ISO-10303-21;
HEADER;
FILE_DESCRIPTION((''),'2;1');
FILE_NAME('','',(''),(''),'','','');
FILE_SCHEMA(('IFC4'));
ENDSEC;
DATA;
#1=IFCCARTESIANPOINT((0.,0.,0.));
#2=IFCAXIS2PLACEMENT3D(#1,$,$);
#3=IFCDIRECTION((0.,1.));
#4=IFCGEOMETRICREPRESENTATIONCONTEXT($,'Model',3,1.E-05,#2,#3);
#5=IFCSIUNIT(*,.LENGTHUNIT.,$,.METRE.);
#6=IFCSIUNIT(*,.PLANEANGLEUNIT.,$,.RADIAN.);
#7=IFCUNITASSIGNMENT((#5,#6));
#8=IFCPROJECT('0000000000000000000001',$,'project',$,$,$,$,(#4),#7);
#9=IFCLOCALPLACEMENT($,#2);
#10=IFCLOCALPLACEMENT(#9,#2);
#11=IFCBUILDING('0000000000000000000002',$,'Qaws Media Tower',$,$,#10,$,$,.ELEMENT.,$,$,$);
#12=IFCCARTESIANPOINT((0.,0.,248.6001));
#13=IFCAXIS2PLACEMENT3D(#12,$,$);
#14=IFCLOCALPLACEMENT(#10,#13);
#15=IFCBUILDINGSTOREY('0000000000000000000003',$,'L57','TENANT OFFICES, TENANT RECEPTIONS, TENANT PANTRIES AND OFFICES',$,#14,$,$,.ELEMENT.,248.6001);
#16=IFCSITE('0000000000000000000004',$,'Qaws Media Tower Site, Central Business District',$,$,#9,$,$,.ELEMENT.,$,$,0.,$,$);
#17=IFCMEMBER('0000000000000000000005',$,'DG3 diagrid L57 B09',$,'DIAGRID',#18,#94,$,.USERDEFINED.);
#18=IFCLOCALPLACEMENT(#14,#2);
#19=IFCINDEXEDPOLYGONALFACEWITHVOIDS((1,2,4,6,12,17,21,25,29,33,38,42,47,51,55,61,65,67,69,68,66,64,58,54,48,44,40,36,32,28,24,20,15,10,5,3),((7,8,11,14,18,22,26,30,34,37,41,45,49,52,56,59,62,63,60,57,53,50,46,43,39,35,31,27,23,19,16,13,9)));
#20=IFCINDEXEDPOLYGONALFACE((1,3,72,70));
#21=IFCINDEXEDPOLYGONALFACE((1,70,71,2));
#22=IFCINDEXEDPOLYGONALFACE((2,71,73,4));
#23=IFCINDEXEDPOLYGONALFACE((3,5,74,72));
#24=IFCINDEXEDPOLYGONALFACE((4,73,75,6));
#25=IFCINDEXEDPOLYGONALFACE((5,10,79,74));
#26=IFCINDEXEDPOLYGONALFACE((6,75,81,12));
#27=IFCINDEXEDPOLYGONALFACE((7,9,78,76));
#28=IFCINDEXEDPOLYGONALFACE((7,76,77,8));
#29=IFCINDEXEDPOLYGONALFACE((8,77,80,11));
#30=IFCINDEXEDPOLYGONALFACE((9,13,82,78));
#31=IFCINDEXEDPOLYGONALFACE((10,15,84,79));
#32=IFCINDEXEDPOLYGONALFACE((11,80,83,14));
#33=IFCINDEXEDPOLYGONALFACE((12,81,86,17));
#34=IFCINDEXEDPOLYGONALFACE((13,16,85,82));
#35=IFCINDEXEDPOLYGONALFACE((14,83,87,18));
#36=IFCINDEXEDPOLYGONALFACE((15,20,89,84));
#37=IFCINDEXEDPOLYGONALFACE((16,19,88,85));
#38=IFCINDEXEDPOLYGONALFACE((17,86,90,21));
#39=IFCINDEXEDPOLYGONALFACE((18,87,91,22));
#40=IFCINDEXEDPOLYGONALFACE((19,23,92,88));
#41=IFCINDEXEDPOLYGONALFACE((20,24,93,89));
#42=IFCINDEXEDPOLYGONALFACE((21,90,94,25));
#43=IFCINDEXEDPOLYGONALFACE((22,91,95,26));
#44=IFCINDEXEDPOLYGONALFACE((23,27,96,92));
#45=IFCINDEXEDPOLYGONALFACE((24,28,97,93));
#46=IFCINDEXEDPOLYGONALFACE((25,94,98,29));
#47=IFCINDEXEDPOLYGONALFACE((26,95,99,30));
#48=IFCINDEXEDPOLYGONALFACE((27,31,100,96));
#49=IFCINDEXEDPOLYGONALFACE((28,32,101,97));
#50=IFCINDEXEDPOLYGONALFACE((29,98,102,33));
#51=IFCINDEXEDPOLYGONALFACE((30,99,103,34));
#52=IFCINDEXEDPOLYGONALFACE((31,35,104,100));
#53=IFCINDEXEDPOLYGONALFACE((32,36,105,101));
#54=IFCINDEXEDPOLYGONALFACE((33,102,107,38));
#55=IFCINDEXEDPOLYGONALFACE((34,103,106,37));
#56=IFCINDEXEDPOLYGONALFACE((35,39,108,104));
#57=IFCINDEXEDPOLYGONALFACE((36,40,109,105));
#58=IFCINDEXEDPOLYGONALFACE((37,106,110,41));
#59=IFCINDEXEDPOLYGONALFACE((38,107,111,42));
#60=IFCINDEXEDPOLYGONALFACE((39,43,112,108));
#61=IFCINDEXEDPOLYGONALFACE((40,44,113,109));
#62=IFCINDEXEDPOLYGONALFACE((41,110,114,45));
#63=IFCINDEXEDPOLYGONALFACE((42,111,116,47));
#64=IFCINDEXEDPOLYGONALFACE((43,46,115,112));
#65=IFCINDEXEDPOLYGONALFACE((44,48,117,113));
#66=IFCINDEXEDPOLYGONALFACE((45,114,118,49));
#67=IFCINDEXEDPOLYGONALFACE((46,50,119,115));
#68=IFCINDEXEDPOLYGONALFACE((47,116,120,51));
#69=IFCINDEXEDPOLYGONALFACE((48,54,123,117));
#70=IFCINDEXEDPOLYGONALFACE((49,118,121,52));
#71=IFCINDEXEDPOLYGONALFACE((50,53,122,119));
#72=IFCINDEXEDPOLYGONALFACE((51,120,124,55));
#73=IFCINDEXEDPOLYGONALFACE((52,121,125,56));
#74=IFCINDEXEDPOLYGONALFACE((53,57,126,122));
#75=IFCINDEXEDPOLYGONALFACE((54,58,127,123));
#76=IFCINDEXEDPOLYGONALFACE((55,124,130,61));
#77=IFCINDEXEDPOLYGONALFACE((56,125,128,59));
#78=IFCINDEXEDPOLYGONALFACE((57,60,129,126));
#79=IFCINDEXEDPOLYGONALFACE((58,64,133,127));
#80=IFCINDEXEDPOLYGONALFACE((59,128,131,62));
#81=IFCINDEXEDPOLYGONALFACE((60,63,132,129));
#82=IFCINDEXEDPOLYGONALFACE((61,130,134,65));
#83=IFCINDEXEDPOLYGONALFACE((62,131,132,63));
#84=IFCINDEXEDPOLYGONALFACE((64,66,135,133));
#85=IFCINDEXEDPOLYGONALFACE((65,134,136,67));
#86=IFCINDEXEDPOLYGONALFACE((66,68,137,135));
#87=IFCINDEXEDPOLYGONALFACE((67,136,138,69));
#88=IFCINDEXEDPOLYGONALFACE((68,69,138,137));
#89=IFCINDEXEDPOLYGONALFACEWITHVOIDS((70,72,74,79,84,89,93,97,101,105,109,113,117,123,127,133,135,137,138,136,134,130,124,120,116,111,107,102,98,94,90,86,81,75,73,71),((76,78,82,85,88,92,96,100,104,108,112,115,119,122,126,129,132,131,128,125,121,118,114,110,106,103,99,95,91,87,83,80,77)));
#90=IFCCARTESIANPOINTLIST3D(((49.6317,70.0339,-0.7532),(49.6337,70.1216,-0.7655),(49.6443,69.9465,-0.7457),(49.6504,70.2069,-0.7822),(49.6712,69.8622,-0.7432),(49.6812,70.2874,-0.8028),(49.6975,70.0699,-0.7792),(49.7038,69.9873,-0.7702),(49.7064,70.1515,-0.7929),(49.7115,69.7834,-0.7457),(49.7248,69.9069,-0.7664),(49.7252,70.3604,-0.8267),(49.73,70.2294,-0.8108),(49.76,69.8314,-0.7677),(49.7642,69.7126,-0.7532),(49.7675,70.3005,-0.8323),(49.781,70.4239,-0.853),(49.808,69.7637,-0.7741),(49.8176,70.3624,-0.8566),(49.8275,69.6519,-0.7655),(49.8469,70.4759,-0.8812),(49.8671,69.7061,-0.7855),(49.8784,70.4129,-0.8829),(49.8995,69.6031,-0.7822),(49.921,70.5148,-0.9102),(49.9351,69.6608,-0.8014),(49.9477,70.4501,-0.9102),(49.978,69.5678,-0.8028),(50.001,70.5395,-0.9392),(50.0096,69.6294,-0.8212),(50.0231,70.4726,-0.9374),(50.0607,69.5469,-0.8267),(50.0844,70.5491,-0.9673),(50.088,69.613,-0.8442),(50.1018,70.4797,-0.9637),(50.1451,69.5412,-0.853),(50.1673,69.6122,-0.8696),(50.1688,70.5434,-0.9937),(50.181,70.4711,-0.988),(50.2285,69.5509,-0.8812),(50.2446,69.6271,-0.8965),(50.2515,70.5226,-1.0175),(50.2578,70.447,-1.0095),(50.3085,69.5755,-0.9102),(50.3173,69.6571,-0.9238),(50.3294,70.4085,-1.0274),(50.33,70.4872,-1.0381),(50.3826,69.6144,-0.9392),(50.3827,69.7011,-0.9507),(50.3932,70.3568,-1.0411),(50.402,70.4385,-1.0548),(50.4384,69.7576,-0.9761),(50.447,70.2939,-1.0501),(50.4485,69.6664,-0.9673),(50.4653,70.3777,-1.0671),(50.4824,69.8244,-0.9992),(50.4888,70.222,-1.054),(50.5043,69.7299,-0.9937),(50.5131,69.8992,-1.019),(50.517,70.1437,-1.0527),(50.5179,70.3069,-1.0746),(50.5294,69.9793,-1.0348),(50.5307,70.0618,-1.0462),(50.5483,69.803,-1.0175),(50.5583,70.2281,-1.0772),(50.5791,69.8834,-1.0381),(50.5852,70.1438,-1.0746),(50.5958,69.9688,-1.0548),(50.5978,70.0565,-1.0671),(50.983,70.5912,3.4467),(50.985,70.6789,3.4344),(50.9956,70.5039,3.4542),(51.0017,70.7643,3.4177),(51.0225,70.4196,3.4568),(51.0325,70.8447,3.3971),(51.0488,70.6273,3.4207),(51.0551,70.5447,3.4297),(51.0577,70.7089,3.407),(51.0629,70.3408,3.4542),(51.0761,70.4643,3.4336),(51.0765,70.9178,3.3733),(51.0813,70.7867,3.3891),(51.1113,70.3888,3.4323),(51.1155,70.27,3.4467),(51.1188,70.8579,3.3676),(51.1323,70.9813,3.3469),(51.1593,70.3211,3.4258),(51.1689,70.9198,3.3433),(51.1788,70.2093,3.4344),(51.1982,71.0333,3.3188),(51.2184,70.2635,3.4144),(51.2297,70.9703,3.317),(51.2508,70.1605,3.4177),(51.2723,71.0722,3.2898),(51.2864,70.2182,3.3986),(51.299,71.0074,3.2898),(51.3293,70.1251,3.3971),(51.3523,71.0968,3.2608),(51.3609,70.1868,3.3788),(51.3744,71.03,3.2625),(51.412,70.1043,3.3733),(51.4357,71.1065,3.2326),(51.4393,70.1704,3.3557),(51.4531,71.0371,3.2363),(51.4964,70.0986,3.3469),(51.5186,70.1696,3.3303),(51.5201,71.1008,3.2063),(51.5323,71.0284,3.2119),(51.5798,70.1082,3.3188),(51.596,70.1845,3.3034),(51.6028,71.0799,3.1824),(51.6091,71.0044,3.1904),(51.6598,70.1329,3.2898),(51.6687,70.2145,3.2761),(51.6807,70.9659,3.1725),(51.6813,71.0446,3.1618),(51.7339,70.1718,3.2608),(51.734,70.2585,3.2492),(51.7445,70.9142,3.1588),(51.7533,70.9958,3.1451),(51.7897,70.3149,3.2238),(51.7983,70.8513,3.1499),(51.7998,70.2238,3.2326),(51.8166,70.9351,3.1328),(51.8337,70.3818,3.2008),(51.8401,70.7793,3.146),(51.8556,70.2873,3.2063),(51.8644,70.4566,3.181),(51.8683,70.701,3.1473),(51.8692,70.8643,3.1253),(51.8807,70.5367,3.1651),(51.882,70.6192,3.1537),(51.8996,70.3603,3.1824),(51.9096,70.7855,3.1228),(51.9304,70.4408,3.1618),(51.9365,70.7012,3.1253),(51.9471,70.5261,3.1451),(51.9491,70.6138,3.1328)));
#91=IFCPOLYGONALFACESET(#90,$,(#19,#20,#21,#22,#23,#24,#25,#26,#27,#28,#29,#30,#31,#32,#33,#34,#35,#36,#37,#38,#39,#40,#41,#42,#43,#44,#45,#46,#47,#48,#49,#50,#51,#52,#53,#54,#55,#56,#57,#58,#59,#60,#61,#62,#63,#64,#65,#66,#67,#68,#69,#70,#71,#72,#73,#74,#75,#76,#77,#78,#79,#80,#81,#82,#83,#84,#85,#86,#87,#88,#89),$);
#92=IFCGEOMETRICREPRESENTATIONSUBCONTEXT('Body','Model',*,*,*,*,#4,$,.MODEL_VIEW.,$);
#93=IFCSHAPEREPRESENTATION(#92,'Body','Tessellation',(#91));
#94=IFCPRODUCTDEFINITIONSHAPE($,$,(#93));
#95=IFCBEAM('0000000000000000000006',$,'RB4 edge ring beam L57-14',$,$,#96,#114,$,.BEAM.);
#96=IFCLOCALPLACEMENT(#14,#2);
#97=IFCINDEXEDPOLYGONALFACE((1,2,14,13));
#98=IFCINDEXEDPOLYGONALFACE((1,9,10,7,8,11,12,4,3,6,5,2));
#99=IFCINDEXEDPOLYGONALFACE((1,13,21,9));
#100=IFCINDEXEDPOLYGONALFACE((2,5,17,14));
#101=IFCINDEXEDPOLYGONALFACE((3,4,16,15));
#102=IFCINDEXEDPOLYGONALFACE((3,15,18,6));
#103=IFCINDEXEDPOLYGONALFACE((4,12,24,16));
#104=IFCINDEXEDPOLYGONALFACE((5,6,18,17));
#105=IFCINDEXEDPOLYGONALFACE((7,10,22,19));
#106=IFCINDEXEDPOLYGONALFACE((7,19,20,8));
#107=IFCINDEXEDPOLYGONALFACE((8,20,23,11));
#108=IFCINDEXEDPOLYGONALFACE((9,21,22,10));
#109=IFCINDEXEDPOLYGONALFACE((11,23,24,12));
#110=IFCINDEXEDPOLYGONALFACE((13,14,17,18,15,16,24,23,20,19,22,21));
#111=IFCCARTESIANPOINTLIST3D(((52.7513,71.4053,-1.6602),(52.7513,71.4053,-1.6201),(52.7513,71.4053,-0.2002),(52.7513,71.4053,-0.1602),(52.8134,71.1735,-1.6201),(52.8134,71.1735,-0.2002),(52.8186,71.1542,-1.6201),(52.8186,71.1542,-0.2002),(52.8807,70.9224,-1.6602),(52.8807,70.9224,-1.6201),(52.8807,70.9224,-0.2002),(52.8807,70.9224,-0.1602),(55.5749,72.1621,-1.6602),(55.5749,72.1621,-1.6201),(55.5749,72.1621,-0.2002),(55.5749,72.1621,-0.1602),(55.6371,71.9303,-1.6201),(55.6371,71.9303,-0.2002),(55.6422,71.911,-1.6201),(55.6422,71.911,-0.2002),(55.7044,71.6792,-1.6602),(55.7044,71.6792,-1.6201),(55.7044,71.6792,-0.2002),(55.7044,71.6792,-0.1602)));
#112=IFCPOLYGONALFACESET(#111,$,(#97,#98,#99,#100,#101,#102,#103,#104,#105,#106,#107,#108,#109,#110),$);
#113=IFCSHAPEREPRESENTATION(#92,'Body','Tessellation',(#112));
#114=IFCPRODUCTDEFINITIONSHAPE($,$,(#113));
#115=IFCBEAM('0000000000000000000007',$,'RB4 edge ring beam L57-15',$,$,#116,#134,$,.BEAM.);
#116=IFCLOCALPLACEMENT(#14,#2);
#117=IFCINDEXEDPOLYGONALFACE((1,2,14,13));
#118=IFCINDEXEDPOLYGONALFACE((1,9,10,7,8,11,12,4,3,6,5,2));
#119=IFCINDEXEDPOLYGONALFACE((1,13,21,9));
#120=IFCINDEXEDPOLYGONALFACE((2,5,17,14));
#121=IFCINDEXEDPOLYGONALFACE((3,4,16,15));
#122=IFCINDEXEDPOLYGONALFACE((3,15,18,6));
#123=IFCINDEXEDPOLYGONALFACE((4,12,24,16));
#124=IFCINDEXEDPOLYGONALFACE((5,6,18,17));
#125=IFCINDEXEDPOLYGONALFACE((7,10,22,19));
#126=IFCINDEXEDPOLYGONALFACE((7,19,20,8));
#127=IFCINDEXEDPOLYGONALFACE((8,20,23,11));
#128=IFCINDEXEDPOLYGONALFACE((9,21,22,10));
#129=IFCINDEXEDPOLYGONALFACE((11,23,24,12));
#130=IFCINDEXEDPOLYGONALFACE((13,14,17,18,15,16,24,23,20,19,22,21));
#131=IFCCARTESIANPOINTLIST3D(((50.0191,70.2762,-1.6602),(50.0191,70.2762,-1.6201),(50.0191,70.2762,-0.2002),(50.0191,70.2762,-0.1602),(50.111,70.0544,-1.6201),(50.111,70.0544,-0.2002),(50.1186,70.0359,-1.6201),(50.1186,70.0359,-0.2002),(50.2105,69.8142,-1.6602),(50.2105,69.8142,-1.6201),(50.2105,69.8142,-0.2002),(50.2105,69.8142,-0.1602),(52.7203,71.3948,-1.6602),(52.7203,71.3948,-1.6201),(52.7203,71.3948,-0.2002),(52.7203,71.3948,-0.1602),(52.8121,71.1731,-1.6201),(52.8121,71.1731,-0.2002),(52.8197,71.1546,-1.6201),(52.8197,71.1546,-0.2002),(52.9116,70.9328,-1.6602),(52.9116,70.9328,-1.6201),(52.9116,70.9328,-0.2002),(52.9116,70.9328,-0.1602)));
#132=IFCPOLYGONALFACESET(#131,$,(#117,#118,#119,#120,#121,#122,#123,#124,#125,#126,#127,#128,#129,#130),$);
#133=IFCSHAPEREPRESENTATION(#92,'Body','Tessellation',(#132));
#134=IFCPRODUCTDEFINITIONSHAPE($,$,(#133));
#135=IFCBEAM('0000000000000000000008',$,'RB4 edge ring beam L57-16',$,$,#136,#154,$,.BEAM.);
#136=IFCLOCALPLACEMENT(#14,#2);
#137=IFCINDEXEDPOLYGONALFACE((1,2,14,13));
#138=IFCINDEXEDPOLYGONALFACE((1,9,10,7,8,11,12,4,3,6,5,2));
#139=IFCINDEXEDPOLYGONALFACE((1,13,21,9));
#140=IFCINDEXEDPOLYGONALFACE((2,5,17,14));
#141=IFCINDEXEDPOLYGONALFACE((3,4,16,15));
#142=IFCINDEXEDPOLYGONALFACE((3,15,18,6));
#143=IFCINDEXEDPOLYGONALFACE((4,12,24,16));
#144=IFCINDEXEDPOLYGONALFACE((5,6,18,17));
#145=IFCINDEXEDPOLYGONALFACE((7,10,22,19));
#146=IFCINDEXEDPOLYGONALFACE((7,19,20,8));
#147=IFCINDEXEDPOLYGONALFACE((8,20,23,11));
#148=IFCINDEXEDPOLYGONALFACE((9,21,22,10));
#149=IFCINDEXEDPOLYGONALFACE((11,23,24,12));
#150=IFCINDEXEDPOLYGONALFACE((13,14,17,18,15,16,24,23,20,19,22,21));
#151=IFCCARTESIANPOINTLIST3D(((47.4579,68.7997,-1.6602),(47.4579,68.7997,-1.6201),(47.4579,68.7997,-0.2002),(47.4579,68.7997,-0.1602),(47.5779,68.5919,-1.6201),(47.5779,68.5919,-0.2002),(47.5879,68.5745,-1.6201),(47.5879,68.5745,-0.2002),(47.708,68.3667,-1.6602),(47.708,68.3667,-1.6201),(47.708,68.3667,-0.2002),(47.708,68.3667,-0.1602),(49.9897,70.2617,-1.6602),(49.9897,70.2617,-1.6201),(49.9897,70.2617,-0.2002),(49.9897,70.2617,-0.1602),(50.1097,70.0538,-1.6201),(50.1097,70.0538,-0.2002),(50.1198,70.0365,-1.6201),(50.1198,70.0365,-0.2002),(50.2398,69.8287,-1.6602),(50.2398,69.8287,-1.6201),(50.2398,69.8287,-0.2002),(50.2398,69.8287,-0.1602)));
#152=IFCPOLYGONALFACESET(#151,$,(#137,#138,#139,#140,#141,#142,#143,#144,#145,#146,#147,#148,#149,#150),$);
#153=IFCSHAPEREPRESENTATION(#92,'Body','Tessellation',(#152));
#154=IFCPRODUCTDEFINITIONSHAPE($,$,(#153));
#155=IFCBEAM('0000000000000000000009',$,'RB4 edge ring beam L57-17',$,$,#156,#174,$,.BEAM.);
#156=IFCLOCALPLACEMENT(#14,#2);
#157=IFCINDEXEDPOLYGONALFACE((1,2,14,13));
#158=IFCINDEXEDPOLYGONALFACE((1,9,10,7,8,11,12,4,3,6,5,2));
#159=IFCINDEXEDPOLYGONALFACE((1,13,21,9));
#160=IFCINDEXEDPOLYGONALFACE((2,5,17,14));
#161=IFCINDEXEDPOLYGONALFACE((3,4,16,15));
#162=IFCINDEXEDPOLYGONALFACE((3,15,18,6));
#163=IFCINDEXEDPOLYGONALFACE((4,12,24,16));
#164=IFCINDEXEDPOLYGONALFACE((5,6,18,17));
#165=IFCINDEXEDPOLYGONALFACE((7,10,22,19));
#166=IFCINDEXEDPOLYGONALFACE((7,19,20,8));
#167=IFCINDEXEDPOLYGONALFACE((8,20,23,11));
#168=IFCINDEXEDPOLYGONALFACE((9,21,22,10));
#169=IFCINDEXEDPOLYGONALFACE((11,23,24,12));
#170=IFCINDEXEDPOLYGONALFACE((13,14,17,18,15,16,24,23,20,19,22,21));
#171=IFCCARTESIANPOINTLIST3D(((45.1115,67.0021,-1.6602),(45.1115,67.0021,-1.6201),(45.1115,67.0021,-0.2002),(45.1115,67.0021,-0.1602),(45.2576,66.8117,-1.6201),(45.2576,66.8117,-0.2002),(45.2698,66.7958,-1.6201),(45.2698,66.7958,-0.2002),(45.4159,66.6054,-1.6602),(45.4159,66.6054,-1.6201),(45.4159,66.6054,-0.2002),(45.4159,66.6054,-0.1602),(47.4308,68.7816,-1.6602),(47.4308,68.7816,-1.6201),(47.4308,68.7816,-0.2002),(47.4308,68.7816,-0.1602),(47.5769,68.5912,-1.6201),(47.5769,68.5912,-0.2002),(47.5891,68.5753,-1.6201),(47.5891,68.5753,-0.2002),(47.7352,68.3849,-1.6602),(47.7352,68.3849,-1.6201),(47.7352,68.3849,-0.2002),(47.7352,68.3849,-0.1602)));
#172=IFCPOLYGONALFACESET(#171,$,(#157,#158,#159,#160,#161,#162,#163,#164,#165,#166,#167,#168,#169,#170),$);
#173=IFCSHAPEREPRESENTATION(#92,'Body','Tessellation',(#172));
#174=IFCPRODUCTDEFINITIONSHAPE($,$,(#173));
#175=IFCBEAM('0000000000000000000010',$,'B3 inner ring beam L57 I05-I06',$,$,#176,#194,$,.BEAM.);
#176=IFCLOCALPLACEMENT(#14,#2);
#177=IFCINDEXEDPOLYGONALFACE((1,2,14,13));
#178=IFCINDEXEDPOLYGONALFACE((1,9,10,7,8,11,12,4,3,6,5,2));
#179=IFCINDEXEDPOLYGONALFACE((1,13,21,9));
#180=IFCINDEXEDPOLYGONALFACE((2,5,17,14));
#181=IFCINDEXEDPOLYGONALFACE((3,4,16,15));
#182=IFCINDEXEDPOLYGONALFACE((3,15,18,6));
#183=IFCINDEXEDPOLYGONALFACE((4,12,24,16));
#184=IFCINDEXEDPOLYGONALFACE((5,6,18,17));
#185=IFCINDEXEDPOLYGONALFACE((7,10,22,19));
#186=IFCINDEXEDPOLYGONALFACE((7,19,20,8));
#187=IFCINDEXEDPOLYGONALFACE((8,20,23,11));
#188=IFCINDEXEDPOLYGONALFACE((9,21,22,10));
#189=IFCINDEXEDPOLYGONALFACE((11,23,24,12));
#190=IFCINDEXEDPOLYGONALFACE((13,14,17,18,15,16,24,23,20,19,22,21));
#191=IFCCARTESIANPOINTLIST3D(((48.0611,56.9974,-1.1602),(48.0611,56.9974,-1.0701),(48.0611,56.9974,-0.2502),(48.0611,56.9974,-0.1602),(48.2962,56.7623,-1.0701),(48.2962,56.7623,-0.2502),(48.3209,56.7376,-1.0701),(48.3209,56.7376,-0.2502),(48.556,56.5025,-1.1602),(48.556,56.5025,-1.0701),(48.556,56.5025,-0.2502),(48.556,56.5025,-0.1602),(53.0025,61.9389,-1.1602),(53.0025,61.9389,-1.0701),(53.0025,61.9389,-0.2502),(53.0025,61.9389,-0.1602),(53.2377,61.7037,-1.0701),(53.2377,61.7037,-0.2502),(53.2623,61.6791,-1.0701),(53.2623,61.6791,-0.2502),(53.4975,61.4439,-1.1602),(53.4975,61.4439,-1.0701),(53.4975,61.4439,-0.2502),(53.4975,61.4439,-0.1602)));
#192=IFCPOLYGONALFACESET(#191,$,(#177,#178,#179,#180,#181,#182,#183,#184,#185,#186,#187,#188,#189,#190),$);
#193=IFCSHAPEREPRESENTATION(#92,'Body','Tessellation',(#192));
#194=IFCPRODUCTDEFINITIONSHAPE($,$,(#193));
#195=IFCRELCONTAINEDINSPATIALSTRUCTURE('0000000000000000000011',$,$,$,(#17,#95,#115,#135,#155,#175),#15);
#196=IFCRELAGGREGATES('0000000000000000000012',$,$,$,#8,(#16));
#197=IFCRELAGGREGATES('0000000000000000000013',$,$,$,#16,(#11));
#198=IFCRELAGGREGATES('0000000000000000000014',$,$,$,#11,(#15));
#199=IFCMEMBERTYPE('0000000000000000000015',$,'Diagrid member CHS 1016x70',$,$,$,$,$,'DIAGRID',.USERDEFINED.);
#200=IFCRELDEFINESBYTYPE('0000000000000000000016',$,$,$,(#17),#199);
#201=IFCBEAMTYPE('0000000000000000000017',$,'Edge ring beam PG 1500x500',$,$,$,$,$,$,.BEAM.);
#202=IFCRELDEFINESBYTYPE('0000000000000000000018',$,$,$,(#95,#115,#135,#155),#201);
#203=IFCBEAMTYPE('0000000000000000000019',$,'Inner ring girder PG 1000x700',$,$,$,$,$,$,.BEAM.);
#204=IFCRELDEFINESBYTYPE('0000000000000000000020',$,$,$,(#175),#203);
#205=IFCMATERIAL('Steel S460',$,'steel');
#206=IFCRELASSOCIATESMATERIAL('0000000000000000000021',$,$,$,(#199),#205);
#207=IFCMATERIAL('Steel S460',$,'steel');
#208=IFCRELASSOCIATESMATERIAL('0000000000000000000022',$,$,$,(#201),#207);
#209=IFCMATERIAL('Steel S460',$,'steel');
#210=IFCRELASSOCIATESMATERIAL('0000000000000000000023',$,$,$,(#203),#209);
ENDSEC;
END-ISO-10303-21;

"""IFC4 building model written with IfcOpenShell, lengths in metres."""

from ifc_helpers import new_model, si_unit, direction, frame, origin, origin_2d, place, context, subcontext, project, spatial, hollow_circle, i_section, extrude, material, material_profile, profile_set, type_object, element, save


model = new_model("IFC4")

# Units and contexts
model_context = context("Model", 3, precision=1e-05, world=origin(), true_north=direction((0.0, 1.0)))
body_context = subcontext(model_context, "Body", "Model", "MODEL_VIEW")
ifc_project = project(units=[si_unit("LENGTHUNIT", "METRE"), si_unit("PLANEANGLEUNIT", "RADIAN")], contexts=[model_context])

# Site, building, storey
site_placement = place(None, origin())
site = spatial("IfcSite", under=ifc_project, at=site_placement, Name="Qaws Media Tower Site, Central Business District", CompositionType="ELEMENT", RefElevation=0.0)
building_placement = place(site_placement, origin())
building = spatial("IfcBuilding", under=site, at=building_placement, Name="Qaws Media Tower", CompositionType="ELEMENT")
storey_placement = place(building_placement, frame((0.0, 0.0, 248.6001)))
storey = spatial("IfcBuildingStorey", under=building, at=storey_placement, Name="L57", Description="TENANT OFFICES, TENANT RECEPTIONS, TENANT PANTRIES AND OFFICES", CompositionType="ELEMENT", Elevation=248.6001)

# Member
ifc_material_1 = material(Name="Steel S460", Category="steel")
ifc_material_profile_1 = material_profile(ifc_material_1, hollow_circle(Radius=0.5081, WallThickness=0.0701, at=origin_2d()), Name="CHS 1016x70")
ifc_profile_set_1 = profile_set([ifc_material_profile_1], Name="Steel S460")
member_type_1 = type_object("IfcMemberType", Name="Diagrid member CHS 1016x70", ElementType="DIAGRID", PredefinedType="USERDEFINED", material=ifc_profile_set_1)
for number, where, z_axis, x_axis, name in (
    (1, (50.1147, 70.0452, -0.9102), (0.303868, 0.125335, 0.944434), (-0.381304, 0.92445, 0.0), "DG3 diagrid L57 B09"),
):
    element("IfcMember", number, at=place(storey_placement, frame(where, z_axis=z_axis, x_axis=x_axis)), inside=storey, type_object=member_type_1, Name=name, ObjectType="DIAGRID", PredefinedType="USERDEFINED", context=body_context, shape_type="SweptSolid", body=[
        extrude(hollow_circle(Radius=0.5081, WallThickness=0.0701, at=origin_2d()), origin(), (0.0, 0.0, 1.0), 4.447),
    ])

# Beams
ifc_material_2 = material(Name="Steel S460", Category="steel")
ifc_material_profile_2 = material_profile(ifc_material_2, i_section(OverallWidth=0.5, OverallDepth=1.5, WebThickness=0.02, FlangeThickness=0.04, at=origin_2d()), Name="PG 1500x500")
ifc_profile_set_2 = profile_set([ifc_material_profile_2], Name="Steel S460")
beam_type_1 = type_object("IfcBeamType", Name="Edge ring beam PG 1500x500", PredefinedType="BEAM", material=ifc_profile_set_2)
beam_1_placement = place(storey_placement, frame((55.6396, 71.9207, -0.9102), z_axis=(-0.965907, -0.258889, 0.0), x_axis=(0.258889, -0.965907, 0.0)))
element("IfcBeam", 2, at=beam_1_placement, inside=storey, type_object=beam_type_1, Name="RB4 edge ring beam L57-14", PredefinedType="BEAM", context=body_context, shape_type="SweptSolid", body=[
    extrude(i_section(OverallWidth=0.5, OverallDepth=1.5, WebThickness=0.02, FlangeThickness=0.04, at=origin_2d()), origin(), (0.0, 0.0, 1.0), 2.9233),
])
for number, where, z_axis, x_axis, name in (
    (3, (52.8159, 71.1638, -0.9102), (-0.923905, -0.382622, 0.0), (0.382622, -0.923905, 0.0), "RB4 edge ring beam L57-15"),
    (4, (50.1147, 70.0452, -0.9102), (-0.865994, -0.500055, 0.0), (0.500055, -0.865994, 0.0), "RB4 edge ring beam L57-16"),
):
    element("IfcBeam", number, at=place(storey_placement, frame(where, z_axis=z_axis, x_axis=x_axis)), inside=storey, type_object=beam_type_1, Name=name, PredefinedType="BEAM", context=body_context, shape_type="SweptSolid", body=[
        extrude(i_section(OverallWidth=0.5, OverallDepth=1.5, WebThickness=0.02, FlangeThickness=0.04, at=origin_2d()), origin(), (0.0, 0.0, 1.0), 2.9236),
    ])
beam_2_placement = place(storey_placement, frame((47.583, 68.5833, -0.9102), z_axis=(-0.793378, -0.60873, 0.0), x_axis=(0.60873, -0.793378, 0.0)))
element("IfcBeam", 5, at=beam_2_placement, inside=storey, type_object=beam_type_1, Name="RB4 edge ring beam L57-17", PredefinedType="BEAM", context=body_context, shape_type="SweptSolid", body=[
    extrude(i_section(OverallWidth=0.5, OverallDepth=1.5, WebThickness=0.02, FlangeThickness=0.04, at=origin_2d()), origin(), (0.0, 0.0, 1.0), 2.9233),
])
ifc_material_3 = material(Name="Steel S460", Category="steel")
ifc_material_profile_3 = material_profile(ifc_material_3, i_section(OverallWidth=0.7, OverallDepth=1.0, WebThickness=0.0349, FlangeThickness=0.0901, at=origin_2d()), Name="PG 1000x700")
ifc_profile_set_3 = profile_set([ifc_material_profile_3], Name="Steel S460")
beam_type_2 = type_object("IfcBeamType", Name="Inner ring girder PG 1000x700", PredefinedType="BEAM", material=ifc_profile_set_3)
beam_3_placement = place(storey_placement, frame((53.25, 61.6914, -0.6602), z_axis=(-0.707107, -0.707107, 0.0), x_axis=(0.707107, -0.707107, 0.0)))
element("IfcBeam", 6, at=beam_3_placement, inside=storey, type_object=beam_type_2, Name="B3 inner ring beam L57 I05-I06", PredefinedType="BEAM", context=body_context, shape_type="SweptSolid", body=[
    extrude(i_section(OverallWidth=0.7, OverallDepth=1.0, WebThickness=0.0349, FlangeThickness=0.0901, at=origin_2d()), origin(), (0.0, 0.0, 1.0), 6.9883),
])

save(model, "model.ifc")
